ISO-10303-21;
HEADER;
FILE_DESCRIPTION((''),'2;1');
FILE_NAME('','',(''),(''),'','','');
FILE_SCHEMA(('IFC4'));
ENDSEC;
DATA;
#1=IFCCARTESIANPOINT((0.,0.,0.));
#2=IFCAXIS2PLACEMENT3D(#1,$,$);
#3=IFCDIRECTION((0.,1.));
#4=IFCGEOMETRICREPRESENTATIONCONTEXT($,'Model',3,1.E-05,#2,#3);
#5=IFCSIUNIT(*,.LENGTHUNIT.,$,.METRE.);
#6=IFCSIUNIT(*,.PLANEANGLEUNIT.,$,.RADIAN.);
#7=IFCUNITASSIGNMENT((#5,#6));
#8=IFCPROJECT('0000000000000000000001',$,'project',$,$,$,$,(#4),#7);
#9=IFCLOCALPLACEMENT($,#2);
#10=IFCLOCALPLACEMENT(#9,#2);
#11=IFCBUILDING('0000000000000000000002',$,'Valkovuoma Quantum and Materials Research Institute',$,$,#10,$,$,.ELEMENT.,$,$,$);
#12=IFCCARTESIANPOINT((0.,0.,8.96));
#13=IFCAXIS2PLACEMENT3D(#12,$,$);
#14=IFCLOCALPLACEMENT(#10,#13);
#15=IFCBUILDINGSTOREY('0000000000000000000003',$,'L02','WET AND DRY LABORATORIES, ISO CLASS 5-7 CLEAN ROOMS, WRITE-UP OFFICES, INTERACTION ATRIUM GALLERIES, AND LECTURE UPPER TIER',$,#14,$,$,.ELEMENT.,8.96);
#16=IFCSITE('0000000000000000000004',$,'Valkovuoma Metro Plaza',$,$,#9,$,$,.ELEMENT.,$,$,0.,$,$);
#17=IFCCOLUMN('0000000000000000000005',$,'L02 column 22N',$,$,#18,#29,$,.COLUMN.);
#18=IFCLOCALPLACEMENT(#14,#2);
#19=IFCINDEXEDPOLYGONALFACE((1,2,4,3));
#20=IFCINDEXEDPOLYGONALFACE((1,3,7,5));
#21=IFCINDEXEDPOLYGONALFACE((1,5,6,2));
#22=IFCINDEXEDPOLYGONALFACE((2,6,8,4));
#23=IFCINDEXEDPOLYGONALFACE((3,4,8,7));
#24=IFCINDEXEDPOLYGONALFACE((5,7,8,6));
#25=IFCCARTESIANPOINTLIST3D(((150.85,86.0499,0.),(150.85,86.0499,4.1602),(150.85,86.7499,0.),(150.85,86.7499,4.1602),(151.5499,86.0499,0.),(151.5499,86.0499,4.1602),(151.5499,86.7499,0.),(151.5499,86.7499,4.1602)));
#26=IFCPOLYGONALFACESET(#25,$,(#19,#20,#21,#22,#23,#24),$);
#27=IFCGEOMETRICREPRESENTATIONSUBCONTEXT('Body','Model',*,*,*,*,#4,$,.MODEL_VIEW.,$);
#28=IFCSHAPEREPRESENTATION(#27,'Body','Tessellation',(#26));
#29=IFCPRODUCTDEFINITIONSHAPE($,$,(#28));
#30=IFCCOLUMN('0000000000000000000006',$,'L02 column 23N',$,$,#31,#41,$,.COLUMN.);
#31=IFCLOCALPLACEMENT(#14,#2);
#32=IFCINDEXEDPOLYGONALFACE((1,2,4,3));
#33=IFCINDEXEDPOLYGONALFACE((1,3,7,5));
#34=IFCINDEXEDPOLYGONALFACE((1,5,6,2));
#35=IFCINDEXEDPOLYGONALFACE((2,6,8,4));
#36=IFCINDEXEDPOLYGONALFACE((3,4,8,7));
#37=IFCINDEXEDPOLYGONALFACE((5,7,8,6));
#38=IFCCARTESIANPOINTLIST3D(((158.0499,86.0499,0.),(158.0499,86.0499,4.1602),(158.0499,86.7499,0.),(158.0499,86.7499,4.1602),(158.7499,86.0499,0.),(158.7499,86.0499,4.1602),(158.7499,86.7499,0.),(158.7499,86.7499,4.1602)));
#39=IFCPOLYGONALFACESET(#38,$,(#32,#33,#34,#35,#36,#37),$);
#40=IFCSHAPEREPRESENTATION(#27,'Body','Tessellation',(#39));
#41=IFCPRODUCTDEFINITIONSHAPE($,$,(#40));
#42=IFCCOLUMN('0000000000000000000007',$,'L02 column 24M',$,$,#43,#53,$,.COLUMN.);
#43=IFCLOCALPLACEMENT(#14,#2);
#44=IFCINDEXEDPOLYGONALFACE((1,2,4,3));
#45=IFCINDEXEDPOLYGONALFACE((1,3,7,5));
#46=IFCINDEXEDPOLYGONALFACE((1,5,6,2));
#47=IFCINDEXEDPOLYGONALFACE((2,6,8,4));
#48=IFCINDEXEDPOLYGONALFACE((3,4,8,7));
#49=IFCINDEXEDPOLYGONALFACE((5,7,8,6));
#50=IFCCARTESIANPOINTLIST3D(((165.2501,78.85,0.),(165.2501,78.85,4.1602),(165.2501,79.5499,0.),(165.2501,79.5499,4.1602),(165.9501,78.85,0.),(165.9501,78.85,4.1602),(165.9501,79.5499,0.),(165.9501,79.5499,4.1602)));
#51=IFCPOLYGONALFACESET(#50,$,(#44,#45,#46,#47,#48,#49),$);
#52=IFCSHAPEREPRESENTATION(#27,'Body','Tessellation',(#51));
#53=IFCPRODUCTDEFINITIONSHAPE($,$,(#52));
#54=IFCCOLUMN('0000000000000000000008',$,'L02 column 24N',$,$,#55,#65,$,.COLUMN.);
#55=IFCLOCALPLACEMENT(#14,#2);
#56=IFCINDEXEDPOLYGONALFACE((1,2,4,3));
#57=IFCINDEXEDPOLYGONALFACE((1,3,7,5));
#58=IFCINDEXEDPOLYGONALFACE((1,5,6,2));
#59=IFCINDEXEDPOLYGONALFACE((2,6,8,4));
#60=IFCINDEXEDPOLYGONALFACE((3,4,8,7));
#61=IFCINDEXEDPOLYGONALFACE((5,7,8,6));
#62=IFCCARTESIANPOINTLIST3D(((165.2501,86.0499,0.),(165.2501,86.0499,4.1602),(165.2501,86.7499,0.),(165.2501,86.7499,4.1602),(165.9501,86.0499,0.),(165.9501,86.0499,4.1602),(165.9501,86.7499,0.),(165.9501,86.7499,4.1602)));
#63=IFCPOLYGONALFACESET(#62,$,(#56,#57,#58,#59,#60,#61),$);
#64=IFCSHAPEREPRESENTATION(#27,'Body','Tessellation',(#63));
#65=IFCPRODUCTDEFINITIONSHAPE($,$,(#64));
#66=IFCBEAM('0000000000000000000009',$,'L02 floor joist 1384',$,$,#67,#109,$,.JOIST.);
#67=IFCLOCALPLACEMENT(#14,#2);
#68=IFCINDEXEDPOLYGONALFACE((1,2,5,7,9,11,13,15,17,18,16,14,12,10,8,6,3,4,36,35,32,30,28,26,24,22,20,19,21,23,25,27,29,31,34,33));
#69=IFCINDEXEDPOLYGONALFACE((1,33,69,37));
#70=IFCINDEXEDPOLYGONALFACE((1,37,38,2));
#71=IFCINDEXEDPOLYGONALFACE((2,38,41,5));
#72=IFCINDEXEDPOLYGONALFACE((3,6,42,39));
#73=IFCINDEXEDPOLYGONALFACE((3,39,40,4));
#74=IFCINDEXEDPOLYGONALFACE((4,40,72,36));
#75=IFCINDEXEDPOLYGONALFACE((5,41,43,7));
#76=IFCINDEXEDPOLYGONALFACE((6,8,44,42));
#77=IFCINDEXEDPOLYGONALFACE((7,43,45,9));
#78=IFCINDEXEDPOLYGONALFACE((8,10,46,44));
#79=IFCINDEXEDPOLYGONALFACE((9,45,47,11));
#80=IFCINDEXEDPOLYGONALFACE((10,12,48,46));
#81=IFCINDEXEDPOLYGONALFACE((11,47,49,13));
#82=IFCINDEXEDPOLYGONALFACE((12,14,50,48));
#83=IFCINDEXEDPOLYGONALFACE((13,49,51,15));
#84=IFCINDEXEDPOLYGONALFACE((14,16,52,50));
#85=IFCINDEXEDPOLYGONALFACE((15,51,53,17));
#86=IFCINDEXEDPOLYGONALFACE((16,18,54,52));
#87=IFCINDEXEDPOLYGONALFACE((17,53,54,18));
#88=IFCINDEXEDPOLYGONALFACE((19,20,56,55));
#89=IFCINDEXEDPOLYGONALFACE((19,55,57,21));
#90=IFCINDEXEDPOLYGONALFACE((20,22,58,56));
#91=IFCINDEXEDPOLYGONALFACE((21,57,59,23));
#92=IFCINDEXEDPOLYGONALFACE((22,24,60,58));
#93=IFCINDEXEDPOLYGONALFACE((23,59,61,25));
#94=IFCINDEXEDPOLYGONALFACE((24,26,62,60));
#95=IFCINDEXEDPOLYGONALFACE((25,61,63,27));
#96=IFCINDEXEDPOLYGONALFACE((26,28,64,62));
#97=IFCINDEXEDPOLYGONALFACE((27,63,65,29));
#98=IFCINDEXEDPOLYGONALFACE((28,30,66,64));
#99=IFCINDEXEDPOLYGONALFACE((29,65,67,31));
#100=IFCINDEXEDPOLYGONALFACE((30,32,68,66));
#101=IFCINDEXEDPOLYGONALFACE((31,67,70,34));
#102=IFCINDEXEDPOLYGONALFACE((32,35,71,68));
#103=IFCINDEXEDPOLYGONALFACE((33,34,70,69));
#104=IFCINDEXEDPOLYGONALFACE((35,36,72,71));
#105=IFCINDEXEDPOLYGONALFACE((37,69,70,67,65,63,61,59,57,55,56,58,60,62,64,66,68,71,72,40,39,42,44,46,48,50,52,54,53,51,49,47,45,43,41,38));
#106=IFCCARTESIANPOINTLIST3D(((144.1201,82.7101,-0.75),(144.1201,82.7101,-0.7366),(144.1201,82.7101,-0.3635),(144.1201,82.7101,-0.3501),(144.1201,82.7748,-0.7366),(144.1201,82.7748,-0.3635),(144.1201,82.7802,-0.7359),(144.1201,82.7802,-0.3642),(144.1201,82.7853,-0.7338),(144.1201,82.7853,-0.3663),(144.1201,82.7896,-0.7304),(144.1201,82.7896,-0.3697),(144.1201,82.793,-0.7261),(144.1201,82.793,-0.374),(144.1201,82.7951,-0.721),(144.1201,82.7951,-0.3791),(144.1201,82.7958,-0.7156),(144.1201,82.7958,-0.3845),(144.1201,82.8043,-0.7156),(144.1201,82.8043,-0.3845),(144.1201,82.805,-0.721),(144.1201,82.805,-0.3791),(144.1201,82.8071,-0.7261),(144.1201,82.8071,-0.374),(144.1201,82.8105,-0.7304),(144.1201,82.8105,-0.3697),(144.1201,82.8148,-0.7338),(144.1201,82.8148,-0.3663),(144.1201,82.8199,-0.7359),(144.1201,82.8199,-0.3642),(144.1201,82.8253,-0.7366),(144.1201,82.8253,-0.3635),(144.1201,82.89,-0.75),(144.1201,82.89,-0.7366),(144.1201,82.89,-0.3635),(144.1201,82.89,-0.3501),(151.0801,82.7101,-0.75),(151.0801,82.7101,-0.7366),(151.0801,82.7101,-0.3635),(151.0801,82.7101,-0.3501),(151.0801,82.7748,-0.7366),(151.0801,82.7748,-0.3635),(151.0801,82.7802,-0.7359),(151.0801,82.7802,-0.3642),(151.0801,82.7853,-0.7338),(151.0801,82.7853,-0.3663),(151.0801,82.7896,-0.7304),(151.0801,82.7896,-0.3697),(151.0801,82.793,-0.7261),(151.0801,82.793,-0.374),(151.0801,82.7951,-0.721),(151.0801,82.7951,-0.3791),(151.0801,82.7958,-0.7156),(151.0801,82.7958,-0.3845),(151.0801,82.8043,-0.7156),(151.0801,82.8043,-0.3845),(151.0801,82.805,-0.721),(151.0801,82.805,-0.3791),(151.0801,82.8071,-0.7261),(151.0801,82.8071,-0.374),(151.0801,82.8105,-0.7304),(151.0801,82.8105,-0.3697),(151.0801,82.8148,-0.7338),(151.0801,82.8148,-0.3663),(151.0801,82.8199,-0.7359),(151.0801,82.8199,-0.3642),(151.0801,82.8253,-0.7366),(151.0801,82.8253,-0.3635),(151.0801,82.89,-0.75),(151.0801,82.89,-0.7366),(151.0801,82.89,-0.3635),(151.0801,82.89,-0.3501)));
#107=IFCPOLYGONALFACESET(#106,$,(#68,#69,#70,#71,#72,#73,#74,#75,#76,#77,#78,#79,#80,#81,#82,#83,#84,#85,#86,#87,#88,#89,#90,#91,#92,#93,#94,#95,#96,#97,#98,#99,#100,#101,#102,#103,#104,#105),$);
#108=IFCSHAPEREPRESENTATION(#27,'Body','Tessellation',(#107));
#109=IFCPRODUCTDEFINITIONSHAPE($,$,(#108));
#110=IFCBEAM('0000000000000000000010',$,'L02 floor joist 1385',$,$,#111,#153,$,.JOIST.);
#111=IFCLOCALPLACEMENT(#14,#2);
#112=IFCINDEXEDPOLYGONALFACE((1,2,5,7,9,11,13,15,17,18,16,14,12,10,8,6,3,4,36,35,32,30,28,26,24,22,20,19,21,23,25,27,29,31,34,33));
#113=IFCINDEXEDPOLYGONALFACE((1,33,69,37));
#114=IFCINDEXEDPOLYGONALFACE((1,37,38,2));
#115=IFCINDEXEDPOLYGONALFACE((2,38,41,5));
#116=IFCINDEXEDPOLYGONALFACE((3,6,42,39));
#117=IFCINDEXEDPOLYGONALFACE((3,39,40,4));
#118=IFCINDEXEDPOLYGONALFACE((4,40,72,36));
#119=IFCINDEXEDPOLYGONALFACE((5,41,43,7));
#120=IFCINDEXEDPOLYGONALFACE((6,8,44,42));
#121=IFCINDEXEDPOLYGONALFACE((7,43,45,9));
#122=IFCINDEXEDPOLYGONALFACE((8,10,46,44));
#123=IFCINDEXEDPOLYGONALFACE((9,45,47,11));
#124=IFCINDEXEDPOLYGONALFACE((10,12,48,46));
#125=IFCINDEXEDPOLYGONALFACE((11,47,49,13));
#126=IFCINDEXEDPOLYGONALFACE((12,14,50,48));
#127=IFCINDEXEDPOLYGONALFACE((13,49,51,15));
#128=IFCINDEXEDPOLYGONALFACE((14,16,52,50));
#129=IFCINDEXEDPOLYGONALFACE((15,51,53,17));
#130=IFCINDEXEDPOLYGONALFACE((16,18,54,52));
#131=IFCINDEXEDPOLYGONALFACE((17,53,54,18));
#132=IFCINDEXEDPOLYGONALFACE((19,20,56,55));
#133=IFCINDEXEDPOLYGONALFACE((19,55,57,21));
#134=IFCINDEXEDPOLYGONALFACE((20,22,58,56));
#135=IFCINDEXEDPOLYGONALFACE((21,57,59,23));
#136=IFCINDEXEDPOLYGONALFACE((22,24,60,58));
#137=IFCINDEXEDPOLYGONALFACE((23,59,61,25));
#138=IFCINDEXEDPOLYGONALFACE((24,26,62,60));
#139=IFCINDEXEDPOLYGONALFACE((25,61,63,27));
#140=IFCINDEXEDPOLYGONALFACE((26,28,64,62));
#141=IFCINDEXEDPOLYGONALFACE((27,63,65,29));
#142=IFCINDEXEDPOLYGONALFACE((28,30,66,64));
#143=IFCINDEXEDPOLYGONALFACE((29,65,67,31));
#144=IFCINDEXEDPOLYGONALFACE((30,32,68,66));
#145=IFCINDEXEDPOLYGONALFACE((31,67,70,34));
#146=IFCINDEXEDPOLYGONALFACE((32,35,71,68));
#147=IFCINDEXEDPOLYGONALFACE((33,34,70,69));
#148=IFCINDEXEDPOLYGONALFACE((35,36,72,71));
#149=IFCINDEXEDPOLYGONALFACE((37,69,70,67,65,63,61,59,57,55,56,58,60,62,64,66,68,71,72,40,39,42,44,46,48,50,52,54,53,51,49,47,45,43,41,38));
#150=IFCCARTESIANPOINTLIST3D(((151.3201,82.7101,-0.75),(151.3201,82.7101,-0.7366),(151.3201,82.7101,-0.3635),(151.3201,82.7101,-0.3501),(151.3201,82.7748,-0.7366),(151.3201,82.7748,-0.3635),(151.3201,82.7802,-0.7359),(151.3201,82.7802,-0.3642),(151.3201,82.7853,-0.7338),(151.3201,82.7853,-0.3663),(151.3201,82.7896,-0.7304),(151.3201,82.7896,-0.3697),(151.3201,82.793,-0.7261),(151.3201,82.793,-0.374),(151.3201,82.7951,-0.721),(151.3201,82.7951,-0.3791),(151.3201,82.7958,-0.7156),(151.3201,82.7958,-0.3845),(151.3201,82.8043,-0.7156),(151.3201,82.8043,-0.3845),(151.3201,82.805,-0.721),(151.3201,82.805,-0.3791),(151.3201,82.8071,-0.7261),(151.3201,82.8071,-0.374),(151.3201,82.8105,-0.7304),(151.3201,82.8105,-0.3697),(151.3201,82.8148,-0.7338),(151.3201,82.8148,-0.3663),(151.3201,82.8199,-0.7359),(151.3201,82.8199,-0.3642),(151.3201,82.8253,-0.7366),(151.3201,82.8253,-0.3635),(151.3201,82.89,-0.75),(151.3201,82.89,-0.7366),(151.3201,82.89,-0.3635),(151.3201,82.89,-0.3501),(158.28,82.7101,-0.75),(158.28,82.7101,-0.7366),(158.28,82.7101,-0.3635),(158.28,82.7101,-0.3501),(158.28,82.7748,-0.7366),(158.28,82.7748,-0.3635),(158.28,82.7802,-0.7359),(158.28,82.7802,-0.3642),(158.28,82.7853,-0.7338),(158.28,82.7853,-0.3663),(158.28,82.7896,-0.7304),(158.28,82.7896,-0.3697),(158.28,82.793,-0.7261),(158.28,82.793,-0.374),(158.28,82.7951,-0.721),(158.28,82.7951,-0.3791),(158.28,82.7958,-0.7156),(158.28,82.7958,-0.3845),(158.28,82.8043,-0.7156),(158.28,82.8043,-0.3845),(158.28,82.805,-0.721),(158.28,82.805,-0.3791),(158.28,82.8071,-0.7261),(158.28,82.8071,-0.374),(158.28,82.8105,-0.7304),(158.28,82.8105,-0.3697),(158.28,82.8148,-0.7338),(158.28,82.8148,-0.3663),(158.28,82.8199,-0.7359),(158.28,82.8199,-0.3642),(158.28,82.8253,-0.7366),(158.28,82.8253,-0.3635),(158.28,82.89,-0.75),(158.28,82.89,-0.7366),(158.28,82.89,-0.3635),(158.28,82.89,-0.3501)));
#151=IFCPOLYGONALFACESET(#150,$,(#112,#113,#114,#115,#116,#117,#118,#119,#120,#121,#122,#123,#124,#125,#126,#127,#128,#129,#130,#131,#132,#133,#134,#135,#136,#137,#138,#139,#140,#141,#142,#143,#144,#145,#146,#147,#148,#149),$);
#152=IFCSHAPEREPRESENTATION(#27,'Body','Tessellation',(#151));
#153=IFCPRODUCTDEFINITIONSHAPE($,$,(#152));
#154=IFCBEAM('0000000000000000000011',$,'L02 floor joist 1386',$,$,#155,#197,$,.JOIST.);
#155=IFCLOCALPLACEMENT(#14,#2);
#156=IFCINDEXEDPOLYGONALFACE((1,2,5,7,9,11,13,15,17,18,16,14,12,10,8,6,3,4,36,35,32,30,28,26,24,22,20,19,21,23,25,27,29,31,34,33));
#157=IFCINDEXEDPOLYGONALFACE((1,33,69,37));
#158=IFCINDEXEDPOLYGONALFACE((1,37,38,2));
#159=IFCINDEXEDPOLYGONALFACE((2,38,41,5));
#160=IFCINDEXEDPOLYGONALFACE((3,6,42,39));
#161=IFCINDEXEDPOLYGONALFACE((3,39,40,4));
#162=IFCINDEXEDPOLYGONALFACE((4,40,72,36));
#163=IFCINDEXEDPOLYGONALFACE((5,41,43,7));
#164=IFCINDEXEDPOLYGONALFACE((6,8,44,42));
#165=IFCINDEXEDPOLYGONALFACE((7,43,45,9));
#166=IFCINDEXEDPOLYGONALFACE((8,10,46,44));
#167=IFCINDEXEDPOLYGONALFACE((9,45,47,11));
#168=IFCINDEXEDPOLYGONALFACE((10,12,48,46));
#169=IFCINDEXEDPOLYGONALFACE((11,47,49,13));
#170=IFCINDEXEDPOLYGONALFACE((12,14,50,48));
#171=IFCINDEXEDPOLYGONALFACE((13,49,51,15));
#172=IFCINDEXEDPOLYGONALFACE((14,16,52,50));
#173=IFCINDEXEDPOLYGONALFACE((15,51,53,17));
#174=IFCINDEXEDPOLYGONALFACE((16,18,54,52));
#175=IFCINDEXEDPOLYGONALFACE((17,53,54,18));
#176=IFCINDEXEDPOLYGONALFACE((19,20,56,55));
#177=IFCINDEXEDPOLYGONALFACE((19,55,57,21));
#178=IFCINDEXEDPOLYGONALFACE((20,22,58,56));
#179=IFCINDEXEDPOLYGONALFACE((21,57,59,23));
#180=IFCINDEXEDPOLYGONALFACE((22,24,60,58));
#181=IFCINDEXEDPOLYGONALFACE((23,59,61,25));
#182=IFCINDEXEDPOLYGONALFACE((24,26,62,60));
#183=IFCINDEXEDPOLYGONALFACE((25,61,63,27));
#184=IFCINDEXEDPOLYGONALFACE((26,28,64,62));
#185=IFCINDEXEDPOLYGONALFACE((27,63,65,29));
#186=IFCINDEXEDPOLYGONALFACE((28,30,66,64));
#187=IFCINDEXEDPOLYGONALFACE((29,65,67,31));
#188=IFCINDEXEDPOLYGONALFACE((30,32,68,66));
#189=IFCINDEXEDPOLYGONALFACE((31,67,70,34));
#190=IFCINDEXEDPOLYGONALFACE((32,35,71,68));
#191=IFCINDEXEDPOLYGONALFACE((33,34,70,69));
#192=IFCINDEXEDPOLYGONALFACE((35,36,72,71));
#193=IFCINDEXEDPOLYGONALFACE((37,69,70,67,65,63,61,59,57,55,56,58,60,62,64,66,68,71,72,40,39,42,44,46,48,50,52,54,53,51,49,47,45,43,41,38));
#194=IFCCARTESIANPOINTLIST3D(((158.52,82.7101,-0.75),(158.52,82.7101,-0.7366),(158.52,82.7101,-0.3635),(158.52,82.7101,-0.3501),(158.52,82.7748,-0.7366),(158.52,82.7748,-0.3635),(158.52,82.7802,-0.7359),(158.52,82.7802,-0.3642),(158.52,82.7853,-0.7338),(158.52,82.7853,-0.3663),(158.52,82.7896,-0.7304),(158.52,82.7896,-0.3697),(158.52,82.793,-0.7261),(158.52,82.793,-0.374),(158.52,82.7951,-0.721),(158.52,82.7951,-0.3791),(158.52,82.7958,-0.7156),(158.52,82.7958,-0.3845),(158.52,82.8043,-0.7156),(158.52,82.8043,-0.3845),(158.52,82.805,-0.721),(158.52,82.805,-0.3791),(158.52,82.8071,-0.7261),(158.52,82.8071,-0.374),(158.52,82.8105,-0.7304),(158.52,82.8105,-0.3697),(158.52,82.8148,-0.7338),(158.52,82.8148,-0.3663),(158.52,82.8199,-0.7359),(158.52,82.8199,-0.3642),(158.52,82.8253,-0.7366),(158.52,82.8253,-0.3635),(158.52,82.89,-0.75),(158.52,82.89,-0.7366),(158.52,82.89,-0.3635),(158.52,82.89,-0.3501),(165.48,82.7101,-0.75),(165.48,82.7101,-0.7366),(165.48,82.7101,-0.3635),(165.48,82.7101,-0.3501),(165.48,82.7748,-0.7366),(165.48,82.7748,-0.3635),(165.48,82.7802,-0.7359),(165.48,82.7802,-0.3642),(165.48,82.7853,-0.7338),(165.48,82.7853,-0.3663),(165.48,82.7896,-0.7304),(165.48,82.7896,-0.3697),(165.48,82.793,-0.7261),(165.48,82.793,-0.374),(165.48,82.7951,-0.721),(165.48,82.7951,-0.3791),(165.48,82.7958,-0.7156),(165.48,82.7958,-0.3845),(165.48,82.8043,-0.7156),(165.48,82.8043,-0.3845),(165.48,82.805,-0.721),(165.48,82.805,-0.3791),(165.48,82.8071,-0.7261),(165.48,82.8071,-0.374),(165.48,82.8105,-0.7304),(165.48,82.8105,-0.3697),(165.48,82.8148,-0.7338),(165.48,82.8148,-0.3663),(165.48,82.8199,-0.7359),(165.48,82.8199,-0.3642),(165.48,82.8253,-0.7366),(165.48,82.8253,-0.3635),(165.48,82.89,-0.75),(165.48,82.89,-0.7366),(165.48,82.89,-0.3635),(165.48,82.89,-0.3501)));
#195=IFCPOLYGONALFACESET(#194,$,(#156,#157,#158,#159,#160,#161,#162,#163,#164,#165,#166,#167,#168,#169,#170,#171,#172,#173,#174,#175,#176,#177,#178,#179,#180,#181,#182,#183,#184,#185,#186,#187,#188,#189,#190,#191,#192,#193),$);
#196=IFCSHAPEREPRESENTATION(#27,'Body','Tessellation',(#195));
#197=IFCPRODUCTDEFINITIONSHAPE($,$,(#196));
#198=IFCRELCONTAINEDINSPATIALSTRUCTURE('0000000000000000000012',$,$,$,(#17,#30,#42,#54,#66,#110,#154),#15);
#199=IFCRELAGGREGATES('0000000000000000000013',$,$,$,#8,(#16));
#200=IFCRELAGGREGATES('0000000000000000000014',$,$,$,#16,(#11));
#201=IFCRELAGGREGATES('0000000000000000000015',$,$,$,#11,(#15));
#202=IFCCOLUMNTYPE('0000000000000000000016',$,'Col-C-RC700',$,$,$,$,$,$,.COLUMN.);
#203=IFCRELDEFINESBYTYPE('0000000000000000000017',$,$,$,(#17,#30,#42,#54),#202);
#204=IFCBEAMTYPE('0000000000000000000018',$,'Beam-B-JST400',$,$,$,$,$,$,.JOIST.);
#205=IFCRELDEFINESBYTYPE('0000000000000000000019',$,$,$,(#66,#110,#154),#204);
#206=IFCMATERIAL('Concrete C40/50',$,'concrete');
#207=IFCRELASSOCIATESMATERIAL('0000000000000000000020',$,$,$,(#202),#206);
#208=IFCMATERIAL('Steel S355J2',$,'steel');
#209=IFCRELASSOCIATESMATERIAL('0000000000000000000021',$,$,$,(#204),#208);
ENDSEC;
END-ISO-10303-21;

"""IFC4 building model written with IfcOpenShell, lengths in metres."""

from ifc_helpers import new_model, si_unit, direction, frame, origin, origin_2d, place, context, subcontext, project, spatial, rectangle, i_section, extrude, material, material_profile, profile_set, type_object, element, save


model = new_model("IFC4")

# Units and contexts
model_context = context("Model", 3, precision=1e-05, world=origin(), true_north=direction((0.0, 1.0)))
body_context = subcontext(model_context, "Body", "Model", "MODEL_VIEW")
ifc_project = project(units=[si_unit("LENGTHUNIT", "METRE"), si_unit("PLANEANGLEUNIT", "RADIAN")], contexts=[model_context])

# Site, building, storey
site_placement = place(None, origin())
site = spatial("IfcSite", under=ifc_project, at=site_placement, Name="Valkovuoma Metro Plaza", CompositionType="ELEMENT", RefElevation=0.0)
building_placement = place(site_placement, origin())
building = spatial("IfcBuilding", under=site, at=building_placement, Name="Valkovuoma Quantum and Materials Research Institute", CompositionType="ELEMENT")
storey_placement = place(building_placement, frame((0.0, 0.0, 8.96)))
storey = spatial("IfcBuildingStorey", under=building, at=storey_placement, Name="L02", Description="WET AND DRY LABORATORIES, ISO CLASS 5-7 CLEAN ROOMS, WRITE-UP OFFICES, INTERACTION ATRIUM GALLERIES, AND LECTURE UPPER TIER", CompositionType="ELEMENT", Elevation=8.96)

# Columns
ifc_material_1 = material(Name="Concrete C40/50", Category="concrete")
ifc_material_profile_1 = material_profile(ifc_material_1, rectangle(XDim=0.7, YDim=0.7, at=origin_2d()), Name="Concrete C40/50")
ifc_profile_set_1 = profile_set([ifc_material_profile_1], Name="Concrete C40/50")
column_type = type_object("IfcColumnType", Name="Col-C-RC700", PredefinedType="COLUMN", material=ifc_profile_set_1)
for number, where, z_axis, x_axis, name in (
    (1, (151.2, 86.3999, 0.0), (0.0, 0.0, 1.0), (1.0, 0.0, 0.0), "L02 column 22N"),
    (2, (158.3999, 86.3999, 0.0), (0.0, 0.0, 1.0), (1.0, 0.0, 0.0), "L02 column 23N"),
    (3, (165.6001, 79.2, 0.0), (0.0, 0.0, 1.0), (1.0, 0.0, 0.0), "L02 column 24M"),
    (4, (165.6001, 86.3999, 0.0), (0.0, 0.0, 1.0), (1.0, 0.0, 0.0), "L02 column 24N"),
):
    element("IfcColumn", number, at=place(storey_placement, frame(where, z_axis=z_axis, x_axis=x_axis)), inside=storey, type_object=column_type, Name=name, PredefinedType="COLUMN", context=body_context, shape_type="SweptSolid", body=[
        extrude(rectangle(XDim=0.7, YDim=0.7, at=origin_2d()), origin(), (0.0, 0.0, 1.0), 4.1602),
    ])

# Beams
ifc_material_2 = material(Name="Steel S355J2", Category="steel")
ifc_material_profile_2 = material_profile(ifc_material_2, i_section(OverallWidth=0.1799, OverallDepth=0.3999, WebThickness=0.0085, FlangeThickness=0.0134, FilletRadius=0.021, at=origin_2d()), Name="Steel S355J2")
ifc_profile_set_2 = profile_set([ifc_material_profile_2], Name="Steel S355J2")
beam_type_1 = type_object("IfcBeamType", Name="Beam-B-JST400", PredefinedType="JOIST", material=ifc_profile_set_2)
for number, where, z_axis, x_axis, name in (
    (5, (144.1201, 82.8, -0.55), (1.0, 0.0, 0.0), (0.0, 1.0, 0.0), "L02 floor joist 1384"),
    (6, (151.3201, 82.8, -0.55), (1.0, 0.0, 0.0), (0.0, 1.0, 0.0), "L02 floor joist 1385"),
    (7, (158.52, 82.8, -0.55), (1.0, 0.0, 0.0), (0.0, 1.0, 0.0), "L02 floor joist 1386"),
):
    element("IfcBeam", number, at=place(storey_placement, frame(where, z_axis=z_axis, x_axis=x_axis)), inside=storey, type_object=beam_type_1, Name=name, PredefinedType="JOIST", context=body_context, shape_type="SweptSolid", body=[
        extrude(i_section(OverallWidth=0.1799, OverallDepth=0.3999, WebThickness=0.0085, FlangeThickness=0.0134, FilletRadius=0.021, at=origin_2d()), origin(), (0.0, 0.0, 1.0), 6.96),
    ])

save(model, "model.ifc")
